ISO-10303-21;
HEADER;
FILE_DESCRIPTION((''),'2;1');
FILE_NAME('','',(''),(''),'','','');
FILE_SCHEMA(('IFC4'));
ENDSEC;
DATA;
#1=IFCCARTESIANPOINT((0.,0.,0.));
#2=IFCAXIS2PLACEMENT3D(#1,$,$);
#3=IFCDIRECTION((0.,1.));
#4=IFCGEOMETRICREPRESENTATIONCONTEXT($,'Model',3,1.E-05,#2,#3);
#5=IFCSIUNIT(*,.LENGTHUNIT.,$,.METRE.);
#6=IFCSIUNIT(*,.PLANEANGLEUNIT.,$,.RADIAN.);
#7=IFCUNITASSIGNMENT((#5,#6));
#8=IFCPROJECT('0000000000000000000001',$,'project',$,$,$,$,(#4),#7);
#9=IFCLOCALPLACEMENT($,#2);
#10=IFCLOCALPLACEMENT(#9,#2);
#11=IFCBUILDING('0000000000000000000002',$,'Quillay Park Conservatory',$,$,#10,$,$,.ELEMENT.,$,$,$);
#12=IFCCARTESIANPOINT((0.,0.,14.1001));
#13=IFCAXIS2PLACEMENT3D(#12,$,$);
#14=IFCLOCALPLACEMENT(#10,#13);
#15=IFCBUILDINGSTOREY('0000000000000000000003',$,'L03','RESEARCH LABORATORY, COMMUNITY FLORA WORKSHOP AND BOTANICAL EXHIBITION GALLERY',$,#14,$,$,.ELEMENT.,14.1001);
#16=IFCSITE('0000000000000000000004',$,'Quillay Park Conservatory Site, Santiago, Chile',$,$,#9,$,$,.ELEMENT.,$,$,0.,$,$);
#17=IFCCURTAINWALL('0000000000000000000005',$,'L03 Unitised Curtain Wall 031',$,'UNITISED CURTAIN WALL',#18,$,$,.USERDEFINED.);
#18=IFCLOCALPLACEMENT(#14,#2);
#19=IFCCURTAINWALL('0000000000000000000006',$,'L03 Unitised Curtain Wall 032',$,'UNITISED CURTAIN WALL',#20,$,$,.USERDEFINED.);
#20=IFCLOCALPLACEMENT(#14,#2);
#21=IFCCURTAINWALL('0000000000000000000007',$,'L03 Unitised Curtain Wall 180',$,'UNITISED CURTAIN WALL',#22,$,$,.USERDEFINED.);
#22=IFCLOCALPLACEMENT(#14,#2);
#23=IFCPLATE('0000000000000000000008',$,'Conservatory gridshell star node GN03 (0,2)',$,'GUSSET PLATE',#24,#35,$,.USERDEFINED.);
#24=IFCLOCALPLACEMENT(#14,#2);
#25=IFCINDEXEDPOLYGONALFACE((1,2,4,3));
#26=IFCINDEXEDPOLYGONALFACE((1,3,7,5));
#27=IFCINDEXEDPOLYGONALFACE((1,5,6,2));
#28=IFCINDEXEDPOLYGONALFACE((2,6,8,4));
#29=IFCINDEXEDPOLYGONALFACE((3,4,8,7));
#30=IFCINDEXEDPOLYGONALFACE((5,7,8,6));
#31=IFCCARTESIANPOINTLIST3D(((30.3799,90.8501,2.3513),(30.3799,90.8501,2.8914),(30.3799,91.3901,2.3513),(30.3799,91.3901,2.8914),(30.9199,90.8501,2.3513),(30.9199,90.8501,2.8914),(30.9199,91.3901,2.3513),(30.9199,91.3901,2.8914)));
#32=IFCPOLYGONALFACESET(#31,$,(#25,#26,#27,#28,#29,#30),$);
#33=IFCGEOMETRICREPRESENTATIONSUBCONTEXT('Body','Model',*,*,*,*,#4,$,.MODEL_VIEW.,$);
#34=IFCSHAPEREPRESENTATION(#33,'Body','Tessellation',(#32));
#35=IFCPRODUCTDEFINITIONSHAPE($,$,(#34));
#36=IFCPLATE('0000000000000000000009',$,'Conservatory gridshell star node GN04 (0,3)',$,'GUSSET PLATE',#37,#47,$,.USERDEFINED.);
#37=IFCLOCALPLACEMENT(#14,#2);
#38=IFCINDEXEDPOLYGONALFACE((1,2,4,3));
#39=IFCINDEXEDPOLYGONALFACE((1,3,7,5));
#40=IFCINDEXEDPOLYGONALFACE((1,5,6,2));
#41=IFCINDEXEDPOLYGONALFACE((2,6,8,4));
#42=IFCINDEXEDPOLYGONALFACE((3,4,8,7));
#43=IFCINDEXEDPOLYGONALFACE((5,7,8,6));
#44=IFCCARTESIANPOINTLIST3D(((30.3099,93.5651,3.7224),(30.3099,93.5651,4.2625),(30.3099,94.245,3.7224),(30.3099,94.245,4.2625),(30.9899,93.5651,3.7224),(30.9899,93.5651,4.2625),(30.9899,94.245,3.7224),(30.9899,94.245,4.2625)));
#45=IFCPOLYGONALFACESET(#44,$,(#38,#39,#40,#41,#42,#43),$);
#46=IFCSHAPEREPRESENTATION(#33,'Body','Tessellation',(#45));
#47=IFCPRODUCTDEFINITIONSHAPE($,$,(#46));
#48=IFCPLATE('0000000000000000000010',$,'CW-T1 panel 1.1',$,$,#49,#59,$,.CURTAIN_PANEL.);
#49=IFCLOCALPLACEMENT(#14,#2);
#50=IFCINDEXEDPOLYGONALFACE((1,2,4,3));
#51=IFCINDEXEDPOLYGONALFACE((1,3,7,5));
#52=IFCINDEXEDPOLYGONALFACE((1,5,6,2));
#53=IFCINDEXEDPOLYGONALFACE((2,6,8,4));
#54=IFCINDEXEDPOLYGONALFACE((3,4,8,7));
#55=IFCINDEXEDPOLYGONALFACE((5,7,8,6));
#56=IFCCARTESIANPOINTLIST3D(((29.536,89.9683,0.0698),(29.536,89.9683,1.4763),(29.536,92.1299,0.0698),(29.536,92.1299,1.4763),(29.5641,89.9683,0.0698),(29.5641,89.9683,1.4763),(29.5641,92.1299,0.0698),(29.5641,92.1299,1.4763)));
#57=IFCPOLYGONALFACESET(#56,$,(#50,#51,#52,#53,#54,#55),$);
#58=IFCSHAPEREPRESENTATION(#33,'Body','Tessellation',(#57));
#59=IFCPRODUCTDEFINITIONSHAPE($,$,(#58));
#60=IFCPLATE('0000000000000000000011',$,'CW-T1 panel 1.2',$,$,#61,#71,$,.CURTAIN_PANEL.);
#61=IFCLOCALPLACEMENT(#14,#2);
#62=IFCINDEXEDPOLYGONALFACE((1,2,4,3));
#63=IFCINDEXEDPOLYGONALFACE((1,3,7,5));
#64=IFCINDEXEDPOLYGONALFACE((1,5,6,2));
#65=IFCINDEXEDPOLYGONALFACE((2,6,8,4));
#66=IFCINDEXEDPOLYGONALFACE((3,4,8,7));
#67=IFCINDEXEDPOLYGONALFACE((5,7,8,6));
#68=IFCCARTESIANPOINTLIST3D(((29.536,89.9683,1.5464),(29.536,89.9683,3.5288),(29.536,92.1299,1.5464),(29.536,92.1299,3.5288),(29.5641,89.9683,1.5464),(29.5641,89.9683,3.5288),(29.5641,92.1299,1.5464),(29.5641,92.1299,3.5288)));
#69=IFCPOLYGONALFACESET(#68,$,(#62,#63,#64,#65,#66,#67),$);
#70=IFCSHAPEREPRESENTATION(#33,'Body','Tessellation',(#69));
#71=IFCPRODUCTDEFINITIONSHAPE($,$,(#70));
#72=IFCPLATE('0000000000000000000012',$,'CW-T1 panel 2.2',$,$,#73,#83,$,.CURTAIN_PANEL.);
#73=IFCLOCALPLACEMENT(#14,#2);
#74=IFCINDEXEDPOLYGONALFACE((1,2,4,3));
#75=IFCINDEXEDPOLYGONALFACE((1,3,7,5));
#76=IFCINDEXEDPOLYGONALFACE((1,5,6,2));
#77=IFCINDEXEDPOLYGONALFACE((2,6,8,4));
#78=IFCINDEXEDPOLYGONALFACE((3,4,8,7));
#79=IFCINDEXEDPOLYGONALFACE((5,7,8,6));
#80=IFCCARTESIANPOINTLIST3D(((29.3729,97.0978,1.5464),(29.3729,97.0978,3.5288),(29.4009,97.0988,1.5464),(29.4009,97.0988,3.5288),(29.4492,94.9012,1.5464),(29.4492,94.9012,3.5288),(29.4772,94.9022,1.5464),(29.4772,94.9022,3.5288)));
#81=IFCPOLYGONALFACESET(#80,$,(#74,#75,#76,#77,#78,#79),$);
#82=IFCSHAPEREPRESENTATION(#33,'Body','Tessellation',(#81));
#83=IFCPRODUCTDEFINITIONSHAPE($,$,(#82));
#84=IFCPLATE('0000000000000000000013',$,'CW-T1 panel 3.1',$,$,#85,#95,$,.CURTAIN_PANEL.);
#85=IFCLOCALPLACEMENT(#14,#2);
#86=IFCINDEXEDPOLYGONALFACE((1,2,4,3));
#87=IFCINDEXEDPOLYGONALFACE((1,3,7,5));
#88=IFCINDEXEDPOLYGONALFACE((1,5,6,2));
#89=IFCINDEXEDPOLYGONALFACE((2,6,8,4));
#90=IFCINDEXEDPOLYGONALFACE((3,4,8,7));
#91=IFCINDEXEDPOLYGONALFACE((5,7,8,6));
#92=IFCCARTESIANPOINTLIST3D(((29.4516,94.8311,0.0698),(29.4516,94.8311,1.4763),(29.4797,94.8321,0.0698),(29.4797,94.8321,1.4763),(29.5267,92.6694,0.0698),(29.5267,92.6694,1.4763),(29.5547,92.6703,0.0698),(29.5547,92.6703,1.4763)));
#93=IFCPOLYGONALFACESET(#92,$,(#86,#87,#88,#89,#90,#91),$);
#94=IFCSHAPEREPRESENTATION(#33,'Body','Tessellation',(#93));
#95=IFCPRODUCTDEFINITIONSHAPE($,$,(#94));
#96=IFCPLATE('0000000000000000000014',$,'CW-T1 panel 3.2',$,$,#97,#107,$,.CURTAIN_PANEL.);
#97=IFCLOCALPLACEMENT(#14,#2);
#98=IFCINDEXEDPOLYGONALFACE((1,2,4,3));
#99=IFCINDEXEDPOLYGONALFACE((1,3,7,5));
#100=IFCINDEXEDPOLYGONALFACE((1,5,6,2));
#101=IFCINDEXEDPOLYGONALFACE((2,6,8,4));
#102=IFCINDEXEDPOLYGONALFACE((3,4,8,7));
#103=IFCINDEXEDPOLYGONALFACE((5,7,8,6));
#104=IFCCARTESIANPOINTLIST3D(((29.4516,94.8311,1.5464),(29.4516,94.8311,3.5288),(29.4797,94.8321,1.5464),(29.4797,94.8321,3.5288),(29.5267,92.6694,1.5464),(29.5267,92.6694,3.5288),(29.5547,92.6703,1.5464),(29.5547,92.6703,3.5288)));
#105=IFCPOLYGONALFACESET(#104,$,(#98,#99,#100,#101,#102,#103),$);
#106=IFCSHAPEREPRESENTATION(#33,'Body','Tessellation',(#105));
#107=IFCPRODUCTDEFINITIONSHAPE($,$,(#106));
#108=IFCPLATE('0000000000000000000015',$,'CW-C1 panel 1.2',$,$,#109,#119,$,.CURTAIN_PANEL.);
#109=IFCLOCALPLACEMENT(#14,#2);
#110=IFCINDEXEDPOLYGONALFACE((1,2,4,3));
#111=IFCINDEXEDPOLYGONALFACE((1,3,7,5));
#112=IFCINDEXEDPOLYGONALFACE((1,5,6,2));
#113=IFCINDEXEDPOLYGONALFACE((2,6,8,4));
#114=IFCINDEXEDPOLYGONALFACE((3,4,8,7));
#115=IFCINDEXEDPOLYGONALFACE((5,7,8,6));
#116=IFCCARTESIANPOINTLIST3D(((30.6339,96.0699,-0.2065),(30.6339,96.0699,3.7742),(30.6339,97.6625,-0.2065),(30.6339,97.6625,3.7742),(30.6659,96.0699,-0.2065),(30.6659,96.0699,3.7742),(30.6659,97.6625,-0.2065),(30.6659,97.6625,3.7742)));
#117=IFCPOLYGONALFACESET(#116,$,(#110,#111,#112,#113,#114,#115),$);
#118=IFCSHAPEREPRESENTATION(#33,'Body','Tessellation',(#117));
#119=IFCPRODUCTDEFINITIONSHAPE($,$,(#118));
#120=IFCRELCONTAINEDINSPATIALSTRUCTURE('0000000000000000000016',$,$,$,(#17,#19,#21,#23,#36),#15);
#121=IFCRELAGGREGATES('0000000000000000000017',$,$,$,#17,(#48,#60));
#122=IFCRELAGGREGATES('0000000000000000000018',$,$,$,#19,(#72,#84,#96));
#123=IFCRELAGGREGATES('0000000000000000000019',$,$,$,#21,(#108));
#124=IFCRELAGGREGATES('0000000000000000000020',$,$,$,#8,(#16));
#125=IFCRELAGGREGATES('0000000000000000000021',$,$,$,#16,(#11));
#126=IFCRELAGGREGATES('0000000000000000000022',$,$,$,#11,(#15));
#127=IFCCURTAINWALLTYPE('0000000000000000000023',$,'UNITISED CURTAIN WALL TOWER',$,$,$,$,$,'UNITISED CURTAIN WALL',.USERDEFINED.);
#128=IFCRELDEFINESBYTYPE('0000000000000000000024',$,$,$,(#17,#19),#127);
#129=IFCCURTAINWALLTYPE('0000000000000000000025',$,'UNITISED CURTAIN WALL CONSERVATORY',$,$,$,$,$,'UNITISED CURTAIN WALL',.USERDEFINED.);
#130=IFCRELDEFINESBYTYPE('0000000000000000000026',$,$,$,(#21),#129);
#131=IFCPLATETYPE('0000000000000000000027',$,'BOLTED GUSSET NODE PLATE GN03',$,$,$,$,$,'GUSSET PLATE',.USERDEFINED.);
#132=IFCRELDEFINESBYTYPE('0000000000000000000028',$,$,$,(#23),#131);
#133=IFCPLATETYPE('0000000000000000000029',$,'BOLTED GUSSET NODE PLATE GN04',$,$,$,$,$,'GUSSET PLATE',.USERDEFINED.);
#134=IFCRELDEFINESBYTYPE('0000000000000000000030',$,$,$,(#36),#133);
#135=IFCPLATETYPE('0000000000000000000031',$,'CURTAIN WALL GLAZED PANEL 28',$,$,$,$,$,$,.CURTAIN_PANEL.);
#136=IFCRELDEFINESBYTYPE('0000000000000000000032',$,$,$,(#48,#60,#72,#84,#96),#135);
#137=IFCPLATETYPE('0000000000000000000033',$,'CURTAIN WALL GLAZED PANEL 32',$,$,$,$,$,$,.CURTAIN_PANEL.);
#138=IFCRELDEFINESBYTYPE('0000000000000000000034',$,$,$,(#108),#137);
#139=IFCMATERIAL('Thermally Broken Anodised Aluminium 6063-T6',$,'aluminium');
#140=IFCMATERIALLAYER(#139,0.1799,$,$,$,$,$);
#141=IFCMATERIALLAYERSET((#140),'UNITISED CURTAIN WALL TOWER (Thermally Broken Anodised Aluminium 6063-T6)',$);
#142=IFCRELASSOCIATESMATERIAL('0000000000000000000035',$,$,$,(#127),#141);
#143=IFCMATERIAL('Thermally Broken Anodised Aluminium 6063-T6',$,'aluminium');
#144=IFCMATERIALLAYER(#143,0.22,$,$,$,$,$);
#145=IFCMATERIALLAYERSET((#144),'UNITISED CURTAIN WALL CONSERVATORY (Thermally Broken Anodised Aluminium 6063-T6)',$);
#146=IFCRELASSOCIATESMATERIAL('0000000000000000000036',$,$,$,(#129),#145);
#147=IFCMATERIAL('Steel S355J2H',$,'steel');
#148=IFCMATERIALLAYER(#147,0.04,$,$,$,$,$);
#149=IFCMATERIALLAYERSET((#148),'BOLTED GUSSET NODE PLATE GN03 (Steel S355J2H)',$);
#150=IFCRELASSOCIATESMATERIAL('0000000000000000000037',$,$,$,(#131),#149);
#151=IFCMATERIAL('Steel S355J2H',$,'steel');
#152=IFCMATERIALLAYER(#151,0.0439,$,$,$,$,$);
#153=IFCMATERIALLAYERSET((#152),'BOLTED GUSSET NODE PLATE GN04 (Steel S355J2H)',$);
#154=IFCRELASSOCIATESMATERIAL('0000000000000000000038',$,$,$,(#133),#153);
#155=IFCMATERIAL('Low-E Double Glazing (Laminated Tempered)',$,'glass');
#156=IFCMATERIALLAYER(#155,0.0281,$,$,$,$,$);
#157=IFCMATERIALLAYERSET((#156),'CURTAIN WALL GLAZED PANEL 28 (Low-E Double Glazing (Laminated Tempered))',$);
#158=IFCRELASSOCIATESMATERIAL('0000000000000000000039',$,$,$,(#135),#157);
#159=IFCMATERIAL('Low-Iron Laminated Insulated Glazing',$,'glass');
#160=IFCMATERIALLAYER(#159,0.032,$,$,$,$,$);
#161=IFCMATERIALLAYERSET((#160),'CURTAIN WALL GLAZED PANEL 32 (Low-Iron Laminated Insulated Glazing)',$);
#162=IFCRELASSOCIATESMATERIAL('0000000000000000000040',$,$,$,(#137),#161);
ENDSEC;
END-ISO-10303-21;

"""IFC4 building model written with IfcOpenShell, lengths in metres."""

from ifc_helpers import new_model, si_unit, direction, frame, origin, origin_2d, place, context, subcontext, project, spatial, rectangle, extrude, material, layer, layer_set, type_object, element, aggregate, save


model = new_model("IFC4")

# Units and contexts
model_context = context("Model", 3, precision=1e-05, world=origin(), true_north=direction((0.0, 1.0)))
body_context = subcontext(model_context, "Body", "Model", "MODEL_VIEW")
ifc_project = project(units=[si_unit("LENGTHUNIT", "METRE"), si_unit("PLANEANGLEUNIT", "RADIAN")], contexts=[model_context])

# Site, building, storey
site_placement = place(None, origin())
site = spatial("IfcSite", under=ifc_project, at=site_placement, Name="Quillay Park Conservatory Site, Santiago, Chile", CompositionType="ELEMENT", RefElevation=0.0)
building_placement = place(site_placement, origin())
building = spatial("IfcBuilding", under=site, at=building_placement, Name="Quillay Park Conservatory", CompositionType="ELEMENT")
storey_placement = place(building_placement, frame((0.0, 0.0, 14.1001)))
storey = spatial("IfcBuildingStorey", under=building, at=storey_placement, Name="L03", Description="RESEARCH LABORATORY, COMMUNITY FLORA WORKSHOP AND BOTANICAL EXHIBITION GALLERY", CompositionType="ELEMENT", Elevation=14.1001)

# Curtain wall
ifc_material_1 = material(Name="Thermally Broken Anodised Aluminium 6063-T6", Category="aluminium")
ifc_layer_1 = layer(ifc_material_1, 0.1799)
ifc_layer_set_1 = layer_set([ifc_layer_1], Name="UNITISED CURTAIN WALL TOWER (Thermally Broken Anodised Aluminium 6063-T6)")
curtain_wall_type_1 = type_object("IfcCurtainWallType", Name="UNITISED CURTAIN WALL TOWER", ElementType="UNITISED CURTAIN WALL", PredefinedType="USERDEFINED", material=ifc_layer_set_1)
curtain_wall_1_placement = place(storey_placement, origin())
curtain_wall_1 = element("IfcCurtainWall", 1, at=curtain_wall_1_placement, inside=storey, type_object=curtain_wall_type_1, Name="L03 Unitised Curtain Wall 031", ObjectType="UNITISED CURTAIN WALL", PredefinedType="USERDEFINED")

# Curtain wall
curtain_wall_2_placement = place(storey_placement, origin())
curtain_wall_2 = element("IfcCurtainWall", 2, at=curtain_wall_2_placement, inside=storey, type_object=curtain_wall_type_1, Name="L03 Unitised Curtain Wall 032", ObjectType="UNITISED CURTAIN WALL", PredefinedType="USERDEFINED")

# Shared definitions
ifc_material_2 = material(Name="Thermally Broken Anodised Aluminium 6063-T6", Category="aluminium")
ifc_layer_2 = layer(ifc_material_2, 0.22)
ifc_layer_set_2 = layer_set([ifc_layer_2], Name="UNITISED CURTAIN WALL CONSERVATORY (Thermally Broken Anodised Aluminium 6063-T6)")
curtain_wall_type_2 = type_object("IfcCurtainWallType", Name="UNITISED CURTAIN WALL CONSERVATORY", ElementType="UNITISED CURTAIN WALL", PredefinedType="USERDEFINED", material=ifc_layer_set_2)

# Curtain wall
curtain_wall_3_placement = place(storey_placement, origin())
curtain_wall_3 = element("IfcCurtainWall", 3, at=curtain_wall_3_placement, inside=storey, type_object=curtain_wall_type_2, Name="L03 Unitised Curtain Wall 180", ObjectType="UNITISED CURTAIN WALL", PredefinedType="USERDEFINED")

# Plates
ifc_material_3 = material(Name="Steel S355J2H", Category="steel")
ifc_layer_3 = layer(ifc_material_3, 0.04)
ifc_layer_set_3 = layer_set([ifc_layer_3], Name="BOLTED GUSSET NODE PLATE GN03 (Steel S355J2H)")
plate_type_1 = type_object("IfcPlateType", Name="BOLTED GUSSET NODE PLATE GN03", ElementType="GUSSET PLATE", PredefinedType="USERDEFINED", material=ifc_layer_set_3)
plate_1_placement = place(storey_placement, frame((30.6499, 91.1201, 2.3513), z_axis=(0.0, 0.0, 1.0), x_axis=(1.0, 0.0, 0.0)))
element("IfcPlate", 4, at=plate_1_placement, inside=storey, type_object=plate_type_1, Name="Conservatory gridshell star node GN03 (0,2)", ObjectType="GUSSET PLATE", PredefinedType="USERDEFINED", context=body_context, shape_type="SweptSolid", body=[
    extrude(rectangle(XDim=0.54, YDim=0.54, at=origin_2d()), origin(), (0.0, 0.0, 1.0), 0.54),
])
ifc_material_4 = material(Name="Steel S355J2H", Category="steel")
ifc_layer_4 = layer(ifc_material_4, 0.0439)
ifc_layer_set_4 = layer_set([ifc_layer_4], Name="BOLTED GUSSET NODE PLATE GN04 (Steel S355J2H)")
plate_type_2 = type_object("IfcPlateType", Name="BOLTED GUSSET NODE PLATE GN04", ElementType="GUSSET PLATE", PredefinedType="USERDEFINED", material=ifc_layer_set_4)
plate_2_placement = place(storey_placement, frame((30.6499, 93.905, 3.7224), z_axis=(0.0, 0.0, 1.0), x_axis=(1.0, 0.0, 0.0)))
element("IfcPlate", 5, at=plate_2_placement, inside=storey, type_object=plate_type_2, Name="Conservatory gridshell star node GN04 (0,3)", ObjectType="GUSSET PLATE", PredefinedType="USERDEFINED", context=body_context, shape_type="SweptSolid", body=[
    extrude(rectangle(XDim=0.6799, YDim=0.6799, at=origin_2d()), origin(), (0.0, 0.0, 1.0), 0.54),
])

# Plates
ifc_material_5 = material(Name="Low-E Double Glazing (Laminated Tempered)", Category="glass")
ifc_layer_5 = layer(ifc_material_5, 0.0281)
ifc_layer_set_5 = layer_set([ifc_layer_5], Name="CURTAIN WALL GLAZED PANEL 28 (Low-E Double Glazing (Laminated Tempered))")
plate_type_3 = type_object("IfcPlateType", Name="CURTAIN WALL GLAZED PANEL 28", PredefinedType="CURTAIN_PANEL", material=ifc_layer_set_5)
plate_3_placement = place(storey_placement, frame((29.55, 91.0491, 0.0698), z_axis=(0.0, 0.0, 1.0), x_axis=(0.0, -1.0, 0.0)))
plate_3 = element("IfcPlate", 6, at=plate_3_placement, type_object=plate_type_3, Name="CW-T1 panel 1.1", PredefinedType="CURTAIN_PANEL", context=body_context, shape_type="SweptSolid", body=[
    extrude(rectangle(XDim=2.1616, YDim=0.0281, at=origin_2d()), origin(), (0.0, 0.0, 1.0), 1.4065),
])
plate_4_placement = place(storey_placement, frame((29.55, 91.0491, 1.5464), z_axis=(0.0, 0.0, 1.0), x_axis=(0.0, -1.0, 0.0)))
plate_4 = element("IfcPlate", 7, at=plate_4_placement, type_object=plate_type_3, Name="CW-T1 panel 1.2", PredefinedType="CURTAIN_PANEL", context=body_context, shape_type="SweptSolid", body=[
    extrude(rectangle(XDim=2.1616, YDim=0.0281, at=origin_2d()), origin(), (0.0, 0.0, 1.0), 1.9824),
])
aggregate(curtain_wall_1, [plate_3, plate_4])
plate_5_placement = place(storey_placement, frame((29.425, 96.0, 1.5464), z_axis=(0.0, 0.0, 1.0), x_axis=(0.034713, -0.999397, 0.0)))
plate_5 = element("IfcPlate", 8, at=plate_5_placement, type_object=plate_type_3, Name="CW-T1 panel 2.2", PredefinedType="CURTAIN_PANEL", context=body_context, shape_type="SweptSolid", body=[
    extrude(rectangle(XDim=2.198, YDim=0.0281, at=origin_2d()), origin(), (0.0, 0.0, 1.0), 1.9824),
])
plate_6_placement = place(storey_placement, frame((29.5032, 93.7507, 0.0698), z_axis=(0.0, 0.0, 1.0), x_axis=(0.034713, -0.999397, 0.0)))
plate_6 = element("IfcPlate", 9, at=plate_6_placement, type_object=plate_type_3, Name="CW-T1 panel 3.1", PredefinedType="CURTAIN_PANEL", context=body_context, shape_type="SweptSolid", body=[
    extrude(rectangle(XDim=2.1631, YDim=0.0281, at=origin_2d()), origin(), (0.0, 0.0, 1.0), 1.4065),
])
plate_7_placement = place(storey_placement, frame((29.5032, 93.7507, 1.5464), z_axis=(0.0, 0.0, 1.0), x_axis=(0.034713, -0.999397, 0.0)))
plate_7 = element("IfcPlate", 10, at=plate_7_placement, type_object=plate_type_3, Name="CW-T1 panel 3.2", PredefinedType="CURTAIN_PANEL", context=body_context, shape_type="SweptSolid", body=[
    extrude(rectangle(XDim=2.1631, YDim=0.0281, at=origin_2d()), origin(), (0.0, 0.0, 1.0), 1.9824),
])
aggregate(curtain_wall_2, [plate_5, plate_6, plate_7])
ifc_material_6 = material(Name="Low-Iron Laminated Insulated Glazing", Category="glass")
ifc_layer_6 = layer(ifc_material_6, 0.032)
ifc_layer_set_6 = layer_set([ifc_layer_6], Name="CURTAIN WALL GLAZED PANEL 32 (Low-Iron Laminated Insulated Glazing)")
plate_type_4 = type_object("IfcPlateType", Name="CURTAIN WALL GLAZED PANEL 32", PredefinedType="CURTAIN_PANEL", material=ifc_layer_set_6)
plate_8_placement = place(storey_placement, frame((30.6499, 96.8662, -0.2065), z_axis=(0.0, 0.0, 1.0), x_axis=(0.0, 1.0, 0.0)))
plate_8 = element("IfcPlate", 11, at=plate_8_placement, type_object=plate_type_4, Name="CW-C1 panel 1.2", PredefinedType="CURTAIN_PANEL", context=body_context, shape_type="SweptSolid", body=[
    extrude(rectangle(XDim=1.5925, YDim=0.032, at=origin_2d()), origin(), (0.0, 0.0, 1.0), 3.9807),
])
aggregate(curtain_wall_3, [plate_8])

save(model, "model.ifc")
